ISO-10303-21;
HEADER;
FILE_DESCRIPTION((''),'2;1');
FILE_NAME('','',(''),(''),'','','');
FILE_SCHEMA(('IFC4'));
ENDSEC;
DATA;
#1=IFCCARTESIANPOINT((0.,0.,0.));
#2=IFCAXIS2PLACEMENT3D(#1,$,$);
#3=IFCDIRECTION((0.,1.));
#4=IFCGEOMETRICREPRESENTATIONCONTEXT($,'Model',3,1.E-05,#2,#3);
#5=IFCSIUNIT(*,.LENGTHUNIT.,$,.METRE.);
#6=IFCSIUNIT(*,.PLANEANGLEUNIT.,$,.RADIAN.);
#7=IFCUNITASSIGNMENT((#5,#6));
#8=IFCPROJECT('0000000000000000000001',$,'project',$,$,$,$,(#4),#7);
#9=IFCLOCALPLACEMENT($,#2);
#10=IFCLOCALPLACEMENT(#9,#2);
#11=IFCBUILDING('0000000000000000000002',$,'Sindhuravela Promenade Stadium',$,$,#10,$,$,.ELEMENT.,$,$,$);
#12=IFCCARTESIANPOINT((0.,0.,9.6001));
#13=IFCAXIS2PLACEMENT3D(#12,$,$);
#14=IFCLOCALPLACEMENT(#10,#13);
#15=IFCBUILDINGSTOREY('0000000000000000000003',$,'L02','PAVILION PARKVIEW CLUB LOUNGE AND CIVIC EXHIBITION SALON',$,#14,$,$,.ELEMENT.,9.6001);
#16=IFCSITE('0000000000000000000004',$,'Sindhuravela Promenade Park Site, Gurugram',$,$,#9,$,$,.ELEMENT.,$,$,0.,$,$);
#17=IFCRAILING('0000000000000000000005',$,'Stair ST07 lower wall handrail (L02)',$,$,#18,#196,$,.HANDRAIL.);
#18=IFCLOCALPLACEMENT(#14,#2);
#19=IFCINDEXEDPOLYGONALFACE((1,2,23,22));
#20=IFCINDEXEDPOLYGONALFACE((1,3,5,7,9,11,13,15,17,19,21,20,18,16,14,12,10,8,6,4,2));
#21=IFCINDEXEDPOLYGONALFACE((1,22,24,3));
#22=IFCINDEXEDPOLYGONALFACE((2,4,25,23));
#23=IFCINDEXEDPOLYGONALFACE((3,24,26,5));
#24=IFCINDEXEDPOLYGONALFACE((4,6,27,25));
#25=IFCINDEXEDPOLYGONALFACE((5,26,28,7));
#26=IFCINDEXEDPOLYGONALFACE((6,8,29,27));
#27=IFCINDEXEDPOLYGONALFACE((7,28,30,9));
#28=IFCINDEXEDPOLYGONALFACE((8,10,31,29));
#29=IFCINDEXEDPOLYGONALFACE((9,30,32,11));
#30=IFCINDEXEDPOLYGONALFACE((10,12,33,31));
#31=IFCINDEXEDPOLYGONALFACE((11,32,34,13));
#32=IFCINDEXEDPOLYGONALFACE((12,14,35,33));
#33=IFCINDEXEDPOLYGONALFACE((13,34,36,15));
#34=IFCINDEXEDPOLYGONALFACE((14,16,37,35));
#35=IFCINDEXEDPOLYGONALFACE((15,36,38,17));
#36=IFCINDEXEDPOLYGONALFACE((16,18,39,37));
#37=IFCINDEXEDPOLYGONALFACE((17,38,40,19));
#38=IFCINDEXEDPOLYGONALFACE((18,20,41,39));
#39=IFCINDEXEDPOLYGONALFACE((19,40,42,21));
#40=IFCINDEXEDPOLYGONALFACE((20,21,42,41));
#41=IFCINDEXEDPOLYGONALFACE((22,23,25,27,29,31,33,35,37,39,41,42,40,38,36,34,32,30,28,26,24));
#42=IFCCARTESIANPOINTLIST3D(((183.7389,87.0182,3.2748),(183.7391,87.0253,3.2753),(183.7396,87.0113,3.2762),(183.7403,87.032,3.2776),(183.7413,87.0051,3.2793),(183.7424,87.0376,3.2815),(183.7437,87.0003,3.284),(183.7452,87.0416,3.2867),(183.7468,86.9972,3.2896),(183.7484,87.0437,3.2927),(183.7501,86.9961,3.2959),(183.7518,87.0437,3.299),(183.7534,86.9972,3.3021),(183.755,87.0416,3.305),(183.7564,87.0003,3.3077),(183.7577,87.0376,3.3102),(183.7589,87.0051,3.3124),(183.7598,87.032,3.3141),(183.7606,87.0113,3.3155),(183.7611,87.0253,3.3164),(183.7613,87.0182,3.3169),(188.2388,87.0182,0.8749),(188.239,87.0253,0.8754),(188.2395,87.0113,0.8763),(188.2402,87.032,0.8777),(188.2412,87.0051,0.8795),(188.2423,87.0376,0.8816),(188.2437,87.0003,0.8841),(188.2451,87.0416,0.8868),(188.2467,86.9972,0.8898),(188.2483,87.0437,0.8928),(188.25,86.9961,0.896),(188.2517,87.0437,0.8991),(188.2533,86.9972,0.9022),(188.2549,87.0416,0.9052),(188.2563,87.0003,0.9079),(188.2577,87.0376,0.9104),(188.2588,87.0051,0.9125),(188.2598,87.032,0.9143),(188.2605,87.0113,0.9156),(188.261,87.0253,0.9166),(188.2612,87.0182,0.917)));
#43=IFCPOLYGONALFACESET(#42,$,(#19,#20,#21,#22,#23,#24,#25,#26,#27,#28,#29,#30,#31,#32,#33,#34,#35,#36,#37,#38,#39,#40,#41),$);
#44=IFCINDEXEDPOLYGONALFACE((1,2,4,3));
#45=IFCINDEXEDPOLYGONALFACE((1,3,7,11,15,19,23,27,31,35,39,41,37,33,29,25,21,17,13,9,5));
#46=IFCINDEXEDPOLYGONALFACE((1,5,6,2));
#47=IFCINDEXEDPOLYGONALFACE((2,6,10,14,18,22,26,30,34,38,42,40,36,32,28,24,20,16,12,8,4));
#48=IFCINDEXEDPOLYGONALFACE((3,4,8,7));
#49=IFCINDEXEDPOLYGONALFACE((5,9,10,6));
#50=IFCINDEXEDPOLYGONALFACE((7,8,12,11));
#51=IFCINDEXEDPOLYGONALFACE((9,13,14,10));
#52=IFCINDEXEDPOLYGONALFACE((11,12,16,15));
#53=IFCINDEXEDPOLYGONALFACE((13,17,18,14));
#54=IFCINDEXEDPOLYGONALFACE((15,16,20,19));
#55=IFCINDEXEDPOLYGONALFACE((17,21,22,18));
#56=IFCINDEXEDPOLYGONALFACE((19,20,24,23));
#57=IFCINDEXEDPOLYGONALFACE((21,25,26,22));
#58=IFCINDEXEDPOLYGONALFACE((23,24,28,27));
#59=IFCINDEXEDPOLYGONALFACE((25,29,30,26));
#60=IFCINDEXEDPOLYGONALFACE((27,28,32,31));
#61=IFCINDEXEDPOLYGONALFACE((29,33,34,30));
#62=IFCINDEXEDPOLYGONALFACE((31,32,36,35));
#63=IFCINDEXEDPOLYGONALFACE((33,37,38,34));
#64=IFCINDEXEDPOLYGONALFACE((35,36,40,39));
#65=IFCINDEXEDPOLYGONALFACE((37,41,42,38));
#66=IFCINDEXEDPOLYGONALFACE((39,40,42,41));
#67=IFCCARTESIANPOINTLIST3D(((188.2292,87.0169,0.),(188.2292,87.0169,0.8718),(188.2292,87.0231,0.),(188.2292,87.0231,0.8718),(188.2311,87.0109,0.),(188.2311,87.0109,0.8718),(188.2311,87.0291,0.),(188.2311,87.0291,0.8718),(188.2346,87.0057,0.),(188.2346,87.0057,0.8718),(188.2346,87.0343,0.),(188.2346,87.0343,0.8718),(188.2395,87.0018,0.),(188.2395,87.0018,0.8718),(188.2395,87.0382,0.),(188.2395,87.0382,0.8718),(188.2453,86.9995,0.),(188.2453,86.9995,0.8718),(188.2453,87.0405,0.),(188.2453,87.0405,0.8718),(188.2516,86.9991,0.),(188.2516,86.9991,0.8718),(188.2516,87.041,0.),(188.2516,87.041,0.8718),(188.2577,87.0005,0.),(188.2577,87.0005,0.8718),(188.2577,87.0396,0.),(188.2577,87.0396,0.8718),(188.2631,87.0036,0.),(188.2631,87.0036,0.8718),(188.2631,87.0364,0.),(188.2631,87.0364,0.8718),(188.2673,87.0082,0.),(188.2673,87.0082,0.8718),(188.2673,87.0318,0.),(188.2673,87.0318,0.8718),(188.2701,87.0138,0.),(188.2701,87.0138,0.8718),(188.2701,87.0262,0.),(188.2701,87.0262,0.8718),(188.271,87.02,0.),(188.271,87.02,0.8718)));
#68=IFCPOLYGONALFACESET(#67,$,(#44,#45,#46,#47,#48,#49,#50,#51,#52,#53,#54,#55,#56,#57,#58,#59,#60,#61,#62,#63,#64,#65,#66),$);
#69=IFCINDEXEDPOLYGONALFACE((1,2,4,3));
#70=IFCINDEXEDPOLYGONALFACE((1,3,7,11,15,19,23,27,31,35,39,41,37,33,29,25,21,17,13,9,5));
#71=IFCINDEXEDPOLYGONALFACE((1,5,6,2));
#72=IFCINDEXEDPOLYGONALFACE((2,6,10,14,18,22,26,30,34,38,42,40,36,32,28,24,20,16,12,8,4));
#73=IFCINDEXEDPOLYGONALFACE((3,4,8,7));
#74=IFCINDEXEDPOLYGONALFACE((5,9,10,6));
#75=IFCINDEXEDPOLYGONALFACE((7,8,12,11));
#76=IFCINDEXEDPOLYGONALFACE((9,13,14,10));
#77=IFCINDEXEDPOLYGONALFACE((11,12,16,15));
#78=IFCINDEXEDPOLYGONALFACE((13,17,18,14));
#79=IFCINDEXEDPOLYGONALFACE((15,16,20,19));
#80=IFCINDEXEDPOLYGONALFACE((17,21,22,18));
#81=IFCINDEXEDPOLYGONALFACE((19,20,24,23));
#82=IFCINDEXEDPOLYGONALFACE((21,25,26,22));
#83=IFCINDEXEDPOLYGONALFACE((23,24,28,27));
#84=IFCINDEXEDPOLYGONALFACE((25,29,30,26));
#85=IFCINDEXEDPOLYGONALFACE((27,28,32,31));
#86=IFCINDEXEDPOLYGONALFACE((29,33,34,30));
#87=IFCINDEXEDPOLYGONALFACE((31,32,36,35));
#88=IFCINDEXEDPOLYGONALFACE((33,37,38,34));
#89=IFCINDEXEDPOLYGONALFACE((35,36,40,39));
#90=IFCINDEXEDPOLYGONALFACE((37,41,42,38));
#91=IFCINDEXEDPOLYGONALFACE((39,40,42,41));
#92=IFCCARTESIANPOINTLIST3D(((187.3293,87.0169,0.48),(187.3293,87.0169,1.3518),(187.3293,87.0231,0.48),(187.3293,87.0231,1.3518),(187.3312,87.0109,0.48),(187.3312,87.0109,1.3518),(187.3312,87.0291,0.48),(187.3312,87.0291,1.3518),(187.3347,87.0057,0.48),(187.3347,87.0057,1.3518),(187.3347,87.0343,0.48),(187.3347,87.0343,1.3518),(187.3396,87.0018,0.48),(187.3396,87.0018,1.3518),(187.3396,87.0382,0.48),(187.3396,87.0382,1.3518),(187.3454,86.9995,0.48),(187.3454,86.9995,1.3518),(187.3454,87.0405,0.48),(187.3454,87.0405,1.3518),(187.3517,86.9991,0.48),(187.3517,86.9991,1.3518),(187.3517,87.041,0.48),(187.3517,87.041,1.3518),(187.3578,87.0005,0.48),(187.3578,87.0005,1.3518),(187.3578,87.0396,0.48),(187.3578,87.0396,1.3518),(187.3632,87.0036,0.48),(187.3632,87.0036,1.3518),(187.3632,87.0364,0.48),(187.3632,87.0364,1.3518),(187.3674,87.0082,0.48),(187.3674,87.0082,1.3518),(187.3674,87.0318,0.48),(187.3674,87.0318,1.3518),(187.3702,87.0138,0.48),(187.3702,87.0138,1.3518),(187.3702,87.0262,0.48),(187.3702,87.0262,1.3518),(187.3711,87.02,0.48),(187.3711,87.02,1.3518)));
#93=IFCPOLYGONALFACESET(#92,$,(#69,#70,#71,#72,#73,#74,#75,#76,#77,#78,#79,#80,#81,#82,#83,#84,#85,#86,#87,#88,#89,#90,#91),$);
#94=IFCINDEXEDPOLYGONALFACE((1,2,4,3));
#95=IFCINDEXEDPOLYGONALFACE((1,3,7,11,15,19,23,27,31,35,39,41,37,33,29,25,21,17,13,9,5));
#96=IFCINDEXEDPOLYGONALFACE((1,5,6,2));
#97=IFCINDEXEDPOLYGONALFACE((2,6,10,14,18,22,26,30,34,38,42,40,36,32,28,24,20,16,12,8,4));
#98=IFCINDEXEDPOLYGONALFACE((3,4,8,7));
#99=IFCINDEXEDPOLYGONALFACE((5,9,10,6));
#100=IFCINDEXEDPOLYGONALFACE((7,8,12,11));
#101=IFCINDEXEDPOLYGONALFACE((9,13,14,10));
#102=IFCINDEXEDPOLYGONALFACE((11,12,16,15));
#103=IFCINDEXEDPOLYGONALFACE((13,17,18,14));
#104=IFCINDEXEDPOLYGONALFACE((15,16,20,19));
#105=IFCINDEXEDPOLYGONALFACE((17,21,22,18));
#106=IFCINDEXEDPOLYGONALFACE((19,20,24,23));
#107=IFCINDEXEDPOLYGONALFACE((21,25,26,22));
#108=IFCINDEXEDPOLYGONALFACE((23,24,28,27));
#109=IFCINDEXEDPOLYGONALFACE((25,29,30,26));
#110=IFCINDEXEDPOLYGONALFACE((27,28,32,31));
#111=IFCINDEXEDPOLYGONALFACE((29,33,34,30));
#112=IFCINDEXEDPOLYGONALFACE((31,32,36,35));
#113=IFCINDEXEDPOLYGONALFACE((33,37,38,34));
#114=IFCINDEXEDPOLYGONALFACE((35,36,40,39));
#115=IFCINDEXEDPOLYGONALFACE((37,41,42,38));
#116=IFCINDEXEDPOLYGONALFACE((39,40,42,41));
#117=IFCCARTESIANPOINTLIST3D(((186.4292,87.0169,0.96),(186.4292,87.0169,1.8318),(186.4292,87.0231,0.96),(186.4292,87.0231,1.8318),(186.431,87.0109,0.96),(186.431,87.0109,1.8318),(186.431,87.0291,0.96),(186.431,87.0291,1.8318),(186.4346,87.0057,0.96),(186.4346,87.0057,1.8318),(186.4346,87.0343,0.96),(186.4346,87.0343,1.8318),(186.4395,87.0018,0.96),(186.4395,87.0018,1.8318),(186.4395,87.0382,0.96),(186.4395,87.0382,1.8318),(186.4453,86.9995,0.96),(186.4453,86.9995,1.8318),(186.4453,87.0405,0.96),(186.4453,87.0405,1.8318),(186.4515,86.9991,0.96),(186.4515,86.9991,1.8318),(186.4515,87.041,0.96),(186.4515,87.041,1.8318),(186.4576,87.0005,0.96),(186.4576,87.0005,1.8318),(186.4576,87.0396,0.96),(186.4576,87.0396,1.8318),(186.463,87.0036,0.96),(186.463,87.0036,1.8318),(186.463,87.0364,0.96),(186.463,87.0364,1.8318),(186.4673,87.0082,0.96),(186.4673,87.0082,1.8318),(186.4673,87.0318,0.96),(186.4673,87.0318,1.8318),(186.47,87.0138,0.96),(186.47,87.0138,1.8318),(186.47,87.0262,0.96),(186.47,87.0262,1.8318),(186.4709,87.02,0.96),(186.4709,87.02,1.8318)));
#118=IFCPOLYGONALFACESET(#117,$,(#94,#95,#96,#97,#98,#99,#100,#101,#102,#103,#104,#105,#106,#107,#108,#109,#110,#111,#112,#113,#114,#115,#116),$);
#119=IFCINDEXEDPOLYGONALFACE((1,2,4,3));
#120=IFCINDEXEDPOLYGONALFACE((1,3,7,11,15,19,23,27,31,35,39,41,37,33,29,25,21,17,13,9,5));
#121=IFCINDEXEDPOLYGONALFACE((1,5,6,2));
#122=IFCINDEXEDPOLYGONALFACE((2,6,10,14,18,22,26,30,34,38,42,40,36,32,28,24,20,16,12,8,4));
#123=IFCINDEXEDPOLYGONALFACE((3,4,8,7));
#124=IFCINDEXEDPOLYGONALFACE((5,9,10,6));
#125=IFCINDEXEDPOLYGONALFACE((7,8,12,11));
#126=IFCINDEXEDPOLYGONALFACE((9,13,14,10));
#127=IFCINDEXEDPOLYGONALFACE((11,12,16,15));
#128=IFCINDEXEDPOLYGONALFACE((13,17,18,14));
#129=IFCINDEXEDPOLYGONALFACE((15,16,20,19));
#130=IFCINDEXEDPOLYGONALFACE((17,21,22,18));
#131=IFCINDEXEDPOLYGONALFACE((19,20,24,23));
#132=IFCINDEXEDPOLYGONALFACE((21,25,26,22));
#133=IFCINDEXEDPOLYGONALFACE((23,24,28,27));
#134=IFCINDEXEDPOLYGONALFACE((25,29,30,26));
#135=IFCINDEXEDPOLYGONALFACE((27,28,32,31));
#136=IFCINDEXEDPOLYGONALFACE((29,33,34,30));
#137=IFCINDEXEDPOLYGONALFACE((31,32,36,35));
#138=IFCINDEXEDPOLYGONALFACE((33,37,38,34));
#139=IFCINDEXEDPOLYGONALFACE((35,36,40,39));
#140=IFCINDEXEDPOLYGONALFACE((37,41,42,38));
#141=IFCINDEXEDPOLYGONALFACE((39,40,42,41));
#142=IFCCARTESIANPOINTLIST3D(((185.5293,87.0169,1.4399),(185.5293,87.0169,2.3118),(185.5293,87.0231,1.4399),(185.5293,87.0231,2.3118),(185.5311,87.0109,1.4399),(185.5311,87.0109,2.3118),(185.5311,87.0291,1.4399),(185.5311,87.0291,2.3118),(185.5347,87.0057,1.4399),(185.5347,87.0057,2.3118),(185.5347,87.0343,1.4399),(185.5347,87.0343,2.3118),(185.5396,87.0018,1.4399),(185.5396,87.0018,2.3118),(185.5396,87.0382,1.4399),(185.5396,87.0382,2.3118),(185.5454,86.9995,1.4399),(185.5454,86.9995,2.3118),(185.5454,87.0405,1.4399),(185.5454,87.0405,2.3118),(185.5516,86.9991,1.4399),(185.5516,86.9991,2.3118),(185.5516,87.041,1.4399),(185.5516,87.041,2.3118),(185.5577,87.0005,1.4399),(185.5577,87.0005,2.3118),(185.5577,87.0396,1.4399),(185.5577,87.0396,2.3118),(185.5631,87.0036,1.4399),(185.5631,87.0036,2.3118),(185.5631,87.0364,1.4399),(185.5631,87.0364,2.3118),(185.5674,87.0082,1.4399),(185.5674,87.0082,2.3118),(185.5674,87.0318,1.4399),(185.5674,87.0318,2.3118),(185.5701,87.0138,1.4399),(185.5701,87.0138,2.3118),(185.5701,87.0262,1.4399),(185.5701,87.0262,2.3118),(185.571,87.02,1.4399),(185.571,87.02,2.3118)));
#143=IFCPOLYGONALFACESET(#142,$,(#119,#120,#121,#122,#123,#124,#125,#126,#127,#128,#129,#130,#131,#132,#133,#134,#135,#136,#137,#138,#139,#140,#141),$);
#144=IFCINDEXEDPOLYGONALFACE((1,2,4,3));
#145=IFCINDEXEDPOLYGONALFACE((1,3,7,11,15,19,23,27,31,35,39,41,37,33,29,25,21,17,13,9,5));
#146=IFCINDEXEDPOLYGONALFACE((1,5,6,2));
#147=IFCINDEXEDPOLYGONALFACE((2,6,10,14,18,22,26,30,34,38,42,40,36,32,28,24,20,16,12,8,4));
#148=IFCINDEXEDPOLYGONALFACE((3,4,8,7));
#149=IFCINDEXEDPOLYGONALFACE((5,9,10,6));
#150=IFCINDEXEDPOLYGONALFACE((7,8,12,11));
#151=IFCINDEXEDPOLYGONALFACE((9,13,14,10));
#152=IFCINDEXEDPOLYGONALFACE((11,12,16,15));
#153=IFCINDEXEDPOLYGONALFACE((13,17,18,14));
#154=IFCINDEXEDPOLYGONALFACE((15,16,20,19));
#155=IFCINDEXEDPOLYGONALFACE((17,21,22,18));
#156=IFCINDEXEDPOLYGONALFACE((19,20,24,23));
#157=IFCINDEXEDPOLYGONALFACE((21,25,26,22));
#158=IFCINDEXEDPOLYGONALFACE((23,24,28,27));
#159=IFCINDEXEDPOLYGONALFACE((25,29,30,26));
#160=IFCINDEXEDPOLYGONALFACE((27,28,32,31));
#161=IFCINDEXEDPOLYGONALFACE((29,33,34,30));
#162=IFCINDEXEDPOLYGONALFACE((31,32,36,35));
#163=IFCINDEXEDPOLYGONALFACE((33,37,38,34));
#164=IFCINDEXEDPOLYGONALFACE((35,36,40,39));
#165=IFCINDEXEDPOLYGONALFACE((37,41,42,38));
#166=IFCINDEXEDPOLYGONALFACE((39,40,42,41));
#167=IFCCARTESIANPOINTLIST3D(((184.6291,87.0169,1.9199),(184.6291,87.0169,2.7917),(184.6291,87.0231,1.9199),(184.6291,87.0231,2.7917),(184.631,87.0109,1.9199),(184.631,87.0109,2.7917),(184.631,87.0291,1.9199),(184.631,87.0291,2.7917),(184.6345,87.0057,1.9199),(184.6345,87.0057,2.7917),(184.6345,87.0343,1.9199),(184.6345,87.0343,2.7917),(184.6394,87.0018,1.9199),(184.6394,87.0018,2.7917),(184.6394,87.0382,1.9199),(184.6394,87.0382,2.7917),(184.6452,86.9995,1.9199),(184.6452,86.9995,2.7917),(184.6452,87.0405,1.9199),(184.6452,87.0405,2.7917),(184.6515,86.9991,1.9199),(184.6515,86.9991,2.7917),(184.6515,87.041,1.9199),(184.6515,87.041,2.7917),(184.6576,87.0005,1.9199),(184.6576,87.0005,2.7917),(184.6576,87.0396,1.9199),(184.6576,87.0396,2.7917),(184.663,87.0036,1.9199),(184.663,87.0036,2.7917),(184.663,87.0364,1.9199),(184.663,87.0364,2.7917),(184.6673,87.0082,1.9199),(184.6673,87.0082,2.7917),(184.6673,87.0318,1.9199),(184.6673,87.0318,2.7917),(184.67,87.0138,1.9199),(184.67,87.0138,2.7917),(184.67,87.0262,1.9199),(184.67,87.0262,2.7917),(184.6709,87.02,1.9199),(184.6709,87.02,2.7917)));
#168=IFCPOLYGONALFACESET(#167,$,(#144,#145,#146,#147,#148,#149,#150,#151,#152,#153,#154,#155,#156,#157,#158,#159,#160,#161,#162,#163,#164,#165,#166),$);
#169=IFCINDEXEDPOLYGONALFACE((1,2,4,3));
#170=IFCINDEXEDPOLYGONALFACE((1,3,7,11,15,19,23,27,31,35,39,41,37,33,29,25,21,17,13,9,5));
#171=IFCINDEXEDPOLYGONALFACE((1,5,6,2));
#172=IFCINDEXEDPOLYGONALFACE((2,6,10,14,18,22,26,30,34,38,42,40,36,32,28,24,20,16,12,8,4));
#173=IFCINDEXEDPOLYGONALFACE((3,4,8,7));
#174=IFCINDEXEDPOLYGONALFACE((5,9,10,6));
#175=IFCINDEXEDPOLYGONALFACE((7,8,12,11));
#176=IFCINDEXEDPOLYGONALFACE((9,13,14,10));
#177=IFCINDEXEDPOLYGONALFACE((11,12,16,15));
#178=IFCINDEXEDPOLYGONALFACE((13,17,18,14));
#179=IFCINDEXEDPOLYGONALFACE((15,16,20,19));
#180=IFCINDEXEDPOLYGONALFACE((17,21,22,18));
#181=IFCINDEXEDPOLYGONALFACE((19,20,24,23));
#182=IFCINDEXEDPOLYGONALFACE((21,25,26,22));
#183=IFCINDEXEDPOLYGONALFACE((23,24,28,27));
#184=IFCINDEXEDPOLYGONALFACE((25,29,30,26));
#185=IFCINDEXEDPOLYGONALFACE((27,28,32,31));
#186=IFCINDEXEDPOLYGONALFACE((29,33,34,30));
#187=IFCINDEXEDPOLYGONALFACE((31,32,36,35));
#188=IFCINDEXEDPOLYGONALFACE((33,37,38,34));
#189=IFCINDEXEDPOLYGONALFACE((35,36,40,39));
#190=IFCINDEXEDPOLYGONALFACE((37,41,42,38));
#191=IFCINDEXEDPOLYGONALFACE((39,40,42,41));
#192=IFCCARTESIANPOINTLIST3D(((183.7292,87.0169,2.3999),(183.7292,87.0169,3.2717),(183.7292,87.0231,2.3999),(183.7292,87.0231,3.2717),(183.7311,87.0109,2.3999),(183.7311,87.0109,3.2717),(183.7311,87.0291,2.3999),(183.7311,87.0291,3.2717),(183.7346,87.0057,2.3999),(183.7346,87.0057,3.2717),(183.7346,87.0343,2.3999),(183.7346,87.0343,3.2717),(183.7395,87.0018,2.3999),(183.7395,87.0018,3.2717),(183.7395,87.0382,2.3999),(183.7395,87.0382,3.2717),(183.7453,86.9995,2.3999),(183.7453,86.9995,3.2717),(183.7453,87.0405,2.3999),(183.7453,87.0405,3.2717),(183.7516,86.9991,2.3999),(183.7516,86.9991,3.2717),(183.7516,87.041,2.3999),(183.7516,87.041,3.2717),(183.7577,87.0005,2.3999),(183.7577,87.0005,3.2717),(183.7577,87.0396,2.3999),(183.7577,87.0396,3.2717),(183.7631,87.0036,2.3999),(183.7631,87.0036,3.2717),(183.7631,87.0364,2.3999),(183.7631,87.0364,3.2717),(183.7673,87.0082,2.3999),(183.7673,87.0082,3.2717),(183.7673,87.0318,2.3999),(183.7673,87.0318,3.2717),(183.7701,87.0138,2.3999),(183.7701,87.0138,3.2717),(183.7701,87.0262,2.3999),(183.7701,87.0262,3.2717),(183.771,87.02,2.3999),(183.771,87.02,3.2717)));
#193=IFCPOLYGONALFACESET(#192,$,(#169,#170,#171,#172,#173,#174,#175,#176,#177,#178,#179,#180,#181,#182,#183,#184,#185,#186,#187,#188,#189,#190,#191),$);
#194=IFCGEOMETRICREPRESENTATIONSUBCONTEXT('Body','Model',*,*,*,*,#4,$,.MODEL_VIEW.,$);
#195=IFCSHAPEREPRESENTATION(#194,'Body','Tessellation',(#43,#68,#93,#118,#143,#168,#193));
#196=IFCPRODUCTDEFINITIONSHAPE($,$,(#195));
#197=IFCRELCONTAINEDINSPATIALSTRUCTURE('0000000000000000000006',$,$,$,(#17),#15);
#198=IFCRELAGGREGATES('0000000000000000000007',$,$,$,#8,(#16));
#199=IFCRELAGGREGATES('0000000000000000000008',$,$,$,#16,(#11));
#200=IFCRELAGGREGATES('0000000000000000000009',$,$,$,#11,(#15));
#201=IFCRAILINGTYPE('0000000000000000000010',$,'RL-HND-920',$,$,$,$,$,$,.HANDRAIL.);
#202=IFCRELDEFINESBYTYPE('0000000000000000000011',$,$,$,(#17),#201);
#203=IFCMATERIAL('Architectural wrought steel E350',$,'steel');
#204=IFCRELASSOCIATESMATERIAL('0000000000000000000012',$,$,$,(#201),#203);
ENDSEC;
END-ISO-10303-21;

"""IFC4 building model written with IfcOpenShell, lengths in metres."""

from ifc_helpers import new_model, si_unit, direction, frame, origin, origin_2d, place, context, subcontext, project, spatial, circle, extrude, material, type_object, element, save


model = new_model("IFC4")

# Units and contexts
model_context = context("Model", 3, precision=1e-05, world=origin(), true_north=direction((0.0, 1.0)))
body_context = subcontext(model_context, "Body", "Model", "MODEL_VIEW")
ifc_project = project(units=[si_unit("LENGTHUNIT", "METRE"), si_unit("PLANEANGLEUNIT", "RADIAN")], contexts=[model_context])

# Site, building, storey
site_placement = place(None, origin())
site = spatial("IfcSite", under=ifc_project, at=site_placement, Name="Sindhuravela Promenade Park Site, Gurugram", CompositionType="ELEMENT", RefElevation=0.0)
building_placement = place(site_placement, origin())
building = spatial("IfcBuilding", under=site, at=building_placement, Name="Sindhuravela Promenade Stadium", CompositionType="ELEMENT")
storey_placement = place(building_placement, frame((0.0, 0.0, 9.6001)))
storey = spatial("IfcBuildingStorey", under=building, at=storey_placement, Name="L02", Description="PAVILION PARKVIEW CLUB LOUNGE AND CIVIC EXHIBITION SALON", CompositionType="ELEMENT", Elevation=9.6001)

# Shared definitions
ifc_material_1 = material(Name="Architectural wrought steel E350", Category="steel")

# Railing
railing_type_1 = type_object("IfcRailingType", Name="RL-HND-920", PredefinedType="HANDRAIL", material=ifc_material_1)
railing_1_placement = place(storey_placement, frame((188.25, 87.02, 0.0)))
element("IfcRailing", 1, at=railing_1_placement, inside=storey, type_object=railing_type_1, Name="Stair ST07 lower wall handrail (L02)", PredefinedType="HANDRAIL", context=body_context, shape_type="SweptSolid", body=[
    extrude(circle(Radius=0.0239, at=origin_2d()), frame((0.0, 0.0, 0.896), z_axis=(-0.882361, 0.0, 0.470573), x_axis=(0.0, -1.0, 0.0)), (0.0, 0.0, 1.0), 5.0999),
    extrude(circle(Radius=0.021, at=origin_2d()), origin(), (0.0, 0.0, 1.0), 0.8718),
    extrude(circle(Radius=0.021, at=origin_2d()), frame((-0.8999, 0.0, 0.48)), (0.0, 0.0, 1.0), 0.8718),
    extrude(circle(Radius=0.021, at=origin_2d()), frame((-1.8, 0.0, 0.96)), (0.0, 0.0, 1.0), 0.8718),
    extrude(circle(Radius=0.021, at=origin_2d()), frame((-2.7, 0.0, 1.4399)), (0.0, 0.0, 1.0), 0.8718),
    extrude(circle(Radius=0.021, at=origin_2d()), frame((-3.6001, 0.0, 1.9199)), (0.0, 0.0, 1.0), 0.8718),
    extrude(circle(Radius=0.021, at=origin_2d()), frame((-4.5, 0.0, 2.3999)), (0.0, 0.0, 1.0), 0.8718),
])

save(model, "model.ifc")
